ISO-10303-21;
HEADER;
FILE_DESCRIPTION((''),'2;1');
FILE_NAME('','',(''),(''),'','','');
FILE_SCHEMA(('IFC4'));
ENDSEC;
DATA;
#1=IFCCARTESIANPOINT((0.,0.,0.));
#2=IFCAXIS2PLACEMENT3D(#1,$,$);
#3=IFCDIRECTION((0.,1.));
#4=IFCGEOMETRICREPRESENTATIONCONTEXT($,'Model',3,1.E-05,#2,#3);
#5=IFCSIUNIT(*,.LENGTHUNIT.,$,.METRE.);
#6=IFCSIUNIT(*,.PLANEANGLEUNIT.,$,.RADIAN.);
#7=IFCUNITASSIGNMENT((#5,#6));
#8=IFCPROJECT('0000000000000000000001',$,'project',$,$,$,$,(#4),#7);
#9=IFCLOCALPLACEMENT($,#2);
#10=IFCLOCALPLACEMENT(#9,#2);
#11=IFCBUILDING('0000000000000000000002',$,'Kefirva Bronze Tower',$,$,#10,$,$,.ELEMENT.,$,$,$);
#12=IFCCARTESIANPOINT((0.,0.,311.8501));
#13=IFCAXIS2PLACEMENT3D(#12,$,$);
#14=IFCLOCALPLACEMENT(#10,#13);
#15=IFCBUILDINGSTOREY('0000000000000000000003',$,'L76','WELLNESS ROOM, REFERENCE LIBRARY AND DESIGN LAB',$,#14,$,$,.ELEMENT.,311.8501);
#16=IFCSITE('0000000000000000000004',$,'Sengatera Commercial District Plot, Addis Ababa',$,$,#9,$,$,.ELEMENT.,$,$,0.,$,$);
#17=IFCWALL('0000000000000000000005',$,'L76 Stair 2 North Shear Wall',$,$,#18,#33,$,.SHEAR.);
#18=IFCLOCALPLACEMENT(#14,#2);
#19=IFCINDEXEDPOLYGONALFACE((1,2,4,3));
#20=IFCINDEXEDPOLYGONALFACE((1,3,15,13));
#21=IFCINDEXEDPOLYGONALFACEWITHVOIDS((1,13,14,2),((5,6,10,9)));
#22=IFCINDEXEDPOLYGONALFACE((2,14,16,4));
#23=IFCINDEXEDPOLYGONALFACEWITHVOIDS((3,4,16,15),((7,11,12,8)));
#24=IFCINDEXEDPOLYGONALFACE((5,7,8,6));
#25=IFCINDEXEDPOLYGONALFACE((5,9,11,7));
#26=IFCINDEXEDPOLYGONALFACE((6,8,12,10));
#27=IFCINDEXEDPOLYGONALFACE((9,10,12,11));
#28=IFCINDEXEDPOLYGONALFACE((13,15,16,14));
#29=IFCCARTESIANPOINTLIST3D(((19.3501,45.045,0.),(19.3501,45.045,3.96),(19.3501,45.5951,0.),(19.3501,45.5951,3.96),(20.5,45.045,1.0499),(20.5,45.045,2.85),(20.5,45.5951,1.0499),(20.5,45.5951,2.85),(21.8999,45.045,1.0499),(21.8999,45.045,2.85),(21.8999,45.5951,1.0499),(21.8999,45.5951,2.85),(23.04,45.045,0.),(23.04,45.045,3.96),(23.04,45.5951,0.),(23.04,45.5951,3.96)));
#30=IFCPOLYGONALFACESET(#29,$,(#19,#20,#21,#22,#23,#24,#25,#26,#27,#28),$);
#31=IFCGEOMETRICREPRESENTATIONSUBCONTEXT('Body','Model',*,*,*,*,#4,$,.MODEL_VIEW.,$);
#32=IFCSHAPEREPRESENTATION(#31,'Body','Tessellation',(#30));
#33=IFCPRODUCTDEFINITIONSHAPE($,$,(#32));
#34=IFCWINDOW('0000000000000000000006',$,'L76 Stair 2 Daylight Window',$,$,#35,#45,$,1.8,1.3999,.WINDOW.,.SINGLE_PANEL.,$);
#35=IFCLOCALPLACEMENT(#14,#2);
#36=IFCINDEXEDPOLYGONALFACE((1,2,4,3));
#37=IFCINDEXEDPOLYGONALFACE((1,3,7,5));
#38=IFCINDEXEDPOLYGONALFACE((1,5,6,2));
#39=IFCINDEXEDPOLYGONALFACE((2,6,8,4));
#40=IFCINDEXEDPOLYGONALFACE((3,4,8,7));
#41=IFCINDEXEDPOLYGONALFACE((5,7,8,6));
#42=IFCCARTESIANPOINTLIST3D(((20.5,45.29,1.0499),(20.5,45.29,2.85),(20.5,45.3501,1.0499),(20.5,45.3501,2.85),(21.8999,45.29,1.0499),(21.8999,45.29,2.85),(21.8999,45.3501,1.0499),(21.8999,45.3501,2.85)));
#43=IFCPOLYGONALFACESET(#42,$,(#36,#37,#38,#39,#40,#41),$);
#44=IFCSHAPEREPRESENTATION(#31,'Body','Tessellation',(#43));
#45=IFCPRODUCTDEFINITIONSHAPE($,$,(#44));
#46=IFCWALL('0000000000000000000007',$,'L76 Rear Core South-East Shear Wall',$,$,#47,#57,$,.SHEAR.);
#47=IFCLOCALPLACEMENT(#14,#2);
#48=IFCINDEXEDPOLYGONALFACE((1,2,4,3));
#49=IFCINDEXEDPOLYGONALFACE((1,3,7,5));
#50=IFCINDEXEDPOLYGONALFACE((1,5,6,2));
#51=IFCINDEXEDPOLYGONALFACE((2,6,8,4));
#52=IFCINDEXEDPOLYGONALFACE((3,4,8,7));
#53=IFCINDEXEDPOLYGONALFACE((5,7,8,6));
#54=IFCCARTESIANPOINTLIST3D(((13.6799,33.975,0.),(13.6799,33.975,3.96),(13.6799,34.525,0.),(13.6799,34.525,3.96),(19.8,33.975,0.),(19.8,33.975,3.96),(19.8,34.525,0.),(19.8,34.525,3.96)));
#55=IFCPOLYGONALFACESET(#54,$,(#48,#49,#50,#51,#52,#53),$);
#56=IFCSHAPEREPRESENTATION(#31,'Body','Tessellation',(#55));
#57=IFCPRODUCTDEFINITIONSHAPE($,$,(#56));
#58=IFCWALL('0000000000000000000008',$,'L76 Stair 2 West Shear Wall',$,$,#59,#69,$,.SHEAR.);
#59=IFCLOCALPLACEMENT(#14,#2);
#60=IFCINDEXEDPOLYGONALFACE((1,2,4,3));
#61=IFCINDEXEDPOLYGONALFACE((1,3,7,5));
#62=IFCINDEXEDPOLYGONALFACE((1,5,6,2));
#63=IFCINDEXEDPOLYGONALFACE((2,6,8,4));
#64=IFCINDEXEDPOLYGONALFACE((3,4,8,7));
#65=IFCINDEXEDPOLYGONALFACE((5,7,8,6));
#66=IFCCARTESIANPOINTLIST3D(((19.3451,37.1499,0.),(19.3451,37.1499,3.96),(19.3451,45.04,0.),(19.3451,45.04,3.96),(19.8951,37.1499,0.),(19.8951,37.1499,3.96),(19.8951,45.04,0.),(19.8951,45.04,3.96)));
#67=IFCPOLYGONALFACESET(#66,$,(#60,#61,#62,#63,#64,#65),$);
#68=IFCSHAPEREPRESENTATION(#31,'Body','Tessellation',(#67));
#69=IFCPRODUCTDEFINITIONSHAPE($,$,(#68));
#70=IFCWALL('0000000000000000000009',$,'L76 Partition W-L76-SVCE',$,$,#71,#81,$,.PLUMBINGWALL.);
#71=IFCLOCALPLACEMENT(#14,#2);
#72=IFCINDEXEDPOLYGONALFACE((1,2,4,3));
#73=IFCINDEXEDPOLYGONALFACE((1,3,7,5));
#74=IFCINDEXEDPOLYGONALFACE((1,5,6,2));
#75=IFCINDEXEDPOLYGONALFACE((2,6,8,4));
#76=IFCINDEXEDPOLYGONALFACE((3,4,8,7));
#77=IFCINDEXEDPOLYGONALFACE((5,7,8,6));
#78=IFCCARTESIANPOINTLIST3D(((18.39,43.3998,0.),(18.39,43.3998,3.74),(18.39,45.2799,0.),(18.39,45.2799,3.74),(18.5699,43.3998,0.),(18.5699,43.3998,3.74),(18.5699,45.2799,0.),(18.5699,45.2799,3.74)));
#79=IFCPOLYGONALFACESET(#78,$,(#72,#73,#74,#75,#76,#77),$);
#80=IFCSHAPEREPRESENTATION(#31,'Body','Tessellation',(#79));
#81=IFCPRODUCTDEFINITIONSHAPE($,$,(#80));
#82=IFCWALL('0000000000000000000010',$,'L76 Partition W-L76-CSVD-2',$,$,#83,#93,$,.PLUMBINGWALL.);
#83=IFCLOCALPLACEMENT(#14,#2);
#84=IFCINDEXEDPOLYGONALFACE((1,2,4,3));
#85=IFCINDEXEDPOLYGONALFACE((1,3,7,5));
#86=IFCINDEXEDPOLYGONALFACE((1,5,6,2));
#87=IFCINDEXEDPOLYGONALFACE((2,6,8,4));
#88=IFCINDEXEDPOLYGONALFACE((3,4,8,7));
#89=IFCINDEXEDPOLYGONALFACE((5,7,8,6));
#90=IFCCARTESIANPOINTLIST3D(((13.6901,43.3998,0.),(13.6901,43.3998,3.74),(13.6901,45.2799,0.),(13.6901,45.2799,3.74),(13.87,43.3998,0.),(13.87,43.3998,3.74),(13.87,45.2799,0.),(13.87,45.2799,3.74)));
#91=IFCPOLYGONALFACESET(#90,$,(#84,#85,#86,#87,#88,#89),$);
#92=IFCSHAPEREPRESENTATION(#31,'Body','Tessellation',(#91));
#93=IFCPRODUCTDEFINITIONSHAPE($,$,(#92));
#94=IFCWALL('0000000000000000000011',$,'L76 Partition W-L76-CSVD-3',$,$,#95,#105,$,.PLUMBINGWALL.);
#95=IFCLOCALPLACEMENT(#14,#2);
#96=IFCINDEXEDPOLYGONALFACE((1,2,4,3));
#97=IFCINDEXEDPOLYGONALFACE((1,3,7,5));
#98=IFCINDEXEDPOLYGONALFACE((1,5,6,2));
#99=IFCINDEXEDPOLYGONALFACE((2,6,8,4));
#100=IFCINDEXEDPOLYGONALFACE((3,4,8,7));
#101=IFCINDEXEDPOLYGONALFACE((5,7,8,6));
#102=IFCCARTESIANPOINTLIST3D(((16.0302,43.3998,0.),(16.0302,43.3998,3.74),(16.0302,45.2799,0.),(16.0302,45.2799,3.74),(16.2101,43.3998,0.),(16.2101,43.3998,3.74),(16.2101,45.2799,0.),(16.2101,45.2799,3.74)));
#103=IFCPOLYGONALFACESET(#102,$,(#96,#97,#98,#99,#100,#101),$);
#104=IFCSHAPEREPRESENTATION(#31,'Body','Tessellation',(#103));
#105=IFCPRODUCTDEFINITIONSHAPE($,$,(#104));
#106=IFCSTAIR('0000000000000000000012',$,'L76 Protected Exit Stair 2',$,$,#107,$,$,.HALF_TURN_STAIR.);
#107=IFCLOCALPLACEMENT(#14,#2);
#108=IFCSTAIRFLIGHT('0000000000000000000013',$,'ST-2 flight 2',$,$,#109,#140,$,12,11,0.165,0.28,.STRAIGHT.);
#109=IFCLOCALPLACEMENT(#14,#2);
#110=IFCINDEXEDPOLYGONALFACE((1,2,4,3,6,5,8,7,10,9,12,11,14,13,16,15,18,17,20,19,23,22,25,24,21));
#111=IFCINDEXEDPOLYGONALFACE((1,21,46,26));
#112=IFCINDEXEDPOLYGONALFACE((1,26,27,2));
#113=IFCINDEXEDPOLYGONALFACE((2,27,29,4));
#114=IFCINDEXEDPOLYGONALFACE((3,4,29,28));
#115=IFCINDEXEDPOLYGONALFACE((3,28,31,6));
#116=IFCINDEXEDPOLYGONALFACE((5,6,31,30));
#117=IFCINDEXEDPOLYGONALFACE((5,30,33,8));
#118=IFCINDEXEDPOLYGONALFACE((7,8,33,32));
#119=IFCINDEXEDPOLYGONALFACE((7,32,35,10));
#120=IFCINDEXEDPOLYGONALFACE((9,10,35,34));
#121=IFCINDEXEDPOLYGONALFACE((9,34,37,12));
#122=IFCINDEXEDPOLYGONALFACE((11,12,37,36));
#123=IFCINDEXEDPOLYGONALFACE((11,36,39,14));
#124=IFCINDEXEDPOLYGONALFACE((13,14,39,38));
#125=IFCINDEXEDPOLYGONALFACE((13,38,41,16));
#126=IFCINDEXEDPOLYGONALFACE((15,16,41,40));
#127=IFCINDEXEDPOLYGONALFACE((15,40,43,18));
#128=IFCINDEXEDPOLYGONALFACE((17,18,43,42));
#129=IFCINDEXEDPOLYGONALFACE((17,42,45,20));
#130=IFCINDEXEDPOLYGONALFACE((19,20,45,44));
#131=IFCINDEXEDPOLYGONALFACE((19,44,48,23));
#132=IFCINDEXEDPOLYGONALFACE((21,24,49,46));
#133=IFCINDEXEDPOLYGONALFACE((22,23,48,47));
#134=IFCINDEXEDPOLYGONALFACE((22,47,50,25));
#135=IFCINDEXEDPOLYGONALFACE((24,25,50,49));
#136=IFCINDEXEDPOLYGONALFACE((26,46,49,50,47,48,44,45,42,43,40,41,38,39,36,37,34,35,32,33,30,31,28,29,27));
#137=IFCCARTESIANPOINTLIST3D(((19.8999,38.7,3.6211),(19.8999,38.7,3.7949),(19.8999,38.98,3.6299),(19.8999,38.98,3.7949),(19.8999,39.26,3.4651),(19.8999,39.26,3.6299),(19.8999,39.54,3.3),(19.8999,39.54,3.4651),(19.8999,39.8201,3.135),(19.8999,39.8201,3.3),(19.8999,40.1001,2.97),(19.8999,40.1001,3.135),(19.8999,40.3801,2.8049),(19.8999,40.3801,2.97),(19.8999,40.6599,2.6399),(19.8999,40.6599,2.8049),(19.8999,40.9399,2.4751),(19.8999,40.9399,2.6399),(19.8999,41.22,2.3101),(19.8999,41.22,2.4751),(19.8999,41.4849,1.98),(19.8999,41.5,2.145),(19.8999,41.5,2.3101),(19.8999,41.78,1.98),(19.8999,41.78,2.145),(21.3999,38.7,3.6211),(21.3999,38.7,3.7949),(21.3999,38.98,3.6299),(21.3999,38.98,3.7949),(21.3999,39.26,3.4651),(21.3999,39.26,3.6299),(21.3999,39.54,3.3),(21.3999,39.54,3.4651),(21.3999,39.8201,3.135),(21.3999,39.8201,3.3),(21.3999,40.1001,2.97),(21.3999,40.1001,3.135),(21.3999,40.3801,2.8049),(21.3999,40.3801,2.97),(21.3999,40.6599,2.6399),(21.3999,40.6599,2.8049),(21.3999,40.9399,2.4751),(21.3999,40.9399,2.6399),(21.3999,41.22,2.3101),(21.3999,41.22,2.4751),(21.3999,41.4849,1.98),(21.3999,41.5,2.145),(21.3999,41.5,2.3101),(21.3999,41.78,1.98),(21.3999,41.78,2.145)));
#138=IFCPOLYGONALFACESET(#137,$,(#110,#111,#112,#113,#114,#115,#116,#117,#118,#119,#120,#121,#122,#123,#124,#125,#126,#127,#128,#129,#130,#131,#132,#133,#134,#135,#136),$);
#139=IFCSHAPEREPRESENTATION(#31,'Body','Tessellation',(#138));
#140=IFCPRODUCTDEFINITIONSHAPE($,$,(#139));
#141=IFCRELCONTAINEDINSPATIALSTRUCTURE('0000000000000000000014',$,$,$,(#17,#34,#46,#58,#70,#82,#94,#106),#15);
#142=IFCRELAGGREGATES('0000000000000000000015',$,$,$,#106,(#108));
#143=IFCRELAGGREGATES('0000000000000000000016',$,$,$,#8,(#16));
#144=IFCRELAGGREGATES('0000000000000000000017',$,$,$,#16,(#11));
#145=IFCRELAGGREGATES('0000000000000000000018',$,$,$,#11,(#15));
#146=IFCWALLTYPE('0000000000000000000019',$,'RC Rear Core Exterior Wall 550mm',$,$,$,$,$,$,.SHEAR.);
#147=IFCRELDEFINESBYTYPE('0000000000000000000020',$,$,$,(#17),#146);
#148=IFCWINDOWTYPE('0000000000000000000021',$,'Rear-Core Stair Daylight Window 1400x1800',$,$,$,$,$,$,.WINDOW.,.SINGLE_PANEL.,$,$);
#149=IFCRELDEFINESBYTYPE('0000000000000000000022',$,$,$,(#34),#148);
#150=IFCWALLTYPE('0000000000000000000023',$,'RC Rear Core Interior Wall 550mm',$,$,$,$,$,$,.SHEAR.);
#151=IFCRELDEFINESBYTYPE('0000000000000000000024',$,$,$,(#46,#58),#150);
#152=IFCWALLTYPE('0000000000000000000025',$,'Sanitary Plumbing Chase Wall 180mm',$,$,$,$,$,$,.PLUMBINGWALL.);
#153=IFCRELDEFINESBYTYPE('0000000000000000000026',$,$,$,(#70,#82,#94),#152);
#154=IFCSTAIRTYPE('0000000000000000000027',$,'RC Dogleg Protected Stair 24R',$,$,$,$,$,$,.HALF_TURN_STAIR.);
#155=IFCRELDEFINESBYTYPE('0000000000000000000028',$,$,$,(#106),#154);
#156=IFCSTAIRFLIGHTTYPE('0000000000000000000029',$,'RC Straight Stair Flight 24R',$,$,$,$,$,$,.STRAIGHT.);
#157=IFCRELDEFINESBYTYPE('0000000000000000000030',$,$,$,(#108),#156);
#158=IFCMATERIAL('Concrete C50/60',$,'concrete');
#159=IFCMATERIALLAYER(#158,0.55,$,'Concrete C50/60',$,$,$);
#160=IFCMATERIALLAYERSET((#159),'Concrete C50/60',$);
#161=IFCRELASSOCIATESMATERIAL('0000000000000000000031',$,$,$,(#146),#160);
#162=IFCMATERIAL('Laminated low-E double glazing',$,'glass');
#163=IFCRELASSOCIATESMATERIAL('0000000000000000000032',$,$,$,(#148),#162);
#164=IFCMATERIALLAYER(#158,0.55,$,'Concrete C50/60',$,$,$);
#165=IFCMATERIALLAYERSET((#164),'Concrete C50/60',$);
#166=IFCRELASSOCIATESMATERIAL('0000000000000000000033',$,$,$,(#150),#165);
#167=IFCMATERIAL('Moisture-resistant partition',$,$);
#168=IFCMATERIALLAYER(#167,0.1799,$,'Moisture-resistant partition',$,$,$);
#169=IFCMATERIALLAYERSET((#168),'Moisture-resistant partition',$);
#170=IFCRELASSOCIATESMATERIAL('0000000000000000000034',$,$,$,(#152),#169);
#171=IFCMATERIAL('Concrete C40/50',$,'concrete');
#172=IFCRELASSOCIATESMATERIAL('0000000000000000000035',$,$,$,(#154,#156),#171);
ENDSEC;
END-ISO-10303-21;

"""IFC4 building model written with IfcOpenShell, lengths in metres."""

from ifc_helpers import new_model, si_unit, direction, frame, frame_2d, origin, place, context, subcontext, project, spatial, polyline, rectangle, outline, extrude, material, layer, layer_set, type_object, element, fill, aggregate, save


model = new_model("IFC4")

# Units and contexts
model_context = context("Model", 3, precision=1e-05, world=origin(), true_north=direction((0.0, 1.0)))
body_context = subcontext(model_context, "Body", "Model", "MODEL_VIEW")
ifc_project = project(units=[si_unit("LENGTHUNIT", "METRE"), si_unit("PLANEANGLEUNIT", "RADIAN")], contexts=[model_context])

# Site, building, storey
site_placement = place(None, origin())
site = spatial("IfcSite", under=ifc_project, at=site_placement, Name="Sengatera Commercial District Plot, Addis Ababa", CompositionType="ELEMENT", RefElevation=0.0)
building_placement = place(site_placement, origin())
building = spatial("IfcBuilding", under=site, at=building_placement, Name="Kefirva Bronze Tower", CompositionType="ELEMENT")
storey_placement = place(building_placement, frame((0.0, 0.0, 311.8501)))
storey = spatial("IfcBuildingStorey", under=building, at=storey_placement, Name="L76", Description="WELLNESS ROOM, REFERENCE LIBRARY AND DESIGN LAB", CompositionType="ELEMENT", Elevation=311.8501)

# Shared definitions
ifc_material_1 = material(Name="Concrete C50/60", Category="concrete")

# Wall, opening, window
ifc_layer_1 = layer(ifc_material_1, 0.55, Name="Concrete C50/60")
ifc_layer_set_1 = layer_set([ifc_layer_1], Name="Concrete C50/60")
wall_type_1 = type_object("IfcWallType", Name="RC Rear Core Exterior Wall 550mm", PredefinedType="SHEAR", material=ifc_layer_set_1)
wall_1_placement = place(storey_placement, frame((19.3501, 45.3201, 0.0), z_axis=(0.0, 0.0, 1.0), x_axis=(1.0, 0.0, 0.0)))
wall_1 = element("IfcWall", 1, at=wall_1_placement, inside=storey, type_object=wall_type_1, Name="L76 Stair 2 North Shear Wall", PredefinedType="SHEAR", context=body_context, shape_type="SweptSolid", body=[
    extrude(rectangle(XDim=3.6899, YDim=0.55, at=frame_2d((1.845, 0.0))), origin(), (0.0, 0.0, 1.0), 3.96),
])
opening_1_placement = place(wall_1_placement, frame((1.1499, 0.0, 1.05)))
opening_1 = element("IfcOpeningElement", 2, at=opening_1_placement, cuts=wall_1, PredefinedType="OPENING", context=body_context, shape_type="SweptSolid", body=[
    extrude(rectangle(XDim=1.3999, YDim=1.8, at=frame_2d((0.7, 0.8999))), frame((0.0, 0.2852, 0.0), z_axis=(0.0, -1.0, 0.0), x_axis=(1.0, 0.0, 0.0)), (0.0, 0.0, 1.0), 0.5701),
])
ifc_material_2 = material(Name="Laminated low-E double glazing", Category="glass")
window_type = type_object("IfcWindowType", Name="Rear-Core Stair Daylight Window 1400x1800", PartitioningType="SINGLE_PANEL", PredefinedType="WINDOW", material=ifc_material_2)
window_placement = place(opening_1_placement, origin())
window = element("IfcWindow", 3, at=window_placement, inside=storey, type_object=window_type, Name="L76 Stair 2 Daylight Window", OverallHeight=1.8, OverallWidth=1.3999, PartitioningType="SINGLE_PANEL", PredefinedType="WINDOW", context=body_context, shape_type="SweptSolid", body=[
    extrude(rectangle(XDim=1.3999, YDim=1.8, at=frame_2d((0.7, 0.8999))), frame((0.0, 0.03, 0.0), z_axis=(0.0, -1.0, 0.0), x_axis=(1.0, 0.0, 0.0)), (0.0, 0.0, 1.0), 0.0601),
])
fill(opening_1, window)

# Walls
ifc_layer_2 = layer(ifc_material_1, 0.55, Name="Concrete C50/60")
ifc_layer_set_2 = layer_set([ifc_layer_2], Name="Concrete C50/60")
wall_type_2 = type_object("IfcWallType", Name="RC Rear Core Interior Wall 550mm", PredefinedType="SHEAR", material=ifc_layer_set_2)
wall_2_placement = place(storey_placement, frame((13.6799, 34.25, 0.0), z_axis=(0.0, 0.0, 1.0), x_axis=(1.0, 0.0, 0.0)))
element("IfcWall", 4, at=wall_2_placement, inside=storey, type_object=wall_type_2, Name="L76 Rear Core South-East Shear Wall", PredefinedType="SHEAR", context=body_context, shape_type="SweptSolid", body=[
    extrude(rectangle(XDim=6.1201, YDim=0.55, at=frame_2d((3.0601, 0.0))), origin(), (0.0, 0.0, 1.0), 3.96),
])
wall_3_placement = place(storey_placement, frame((19.6201, 37.1499, 0.0), z_axis=(0.0, 0.0, 1.0), x_axis=(0.0, 1.0, 0.0)))
element("IfcWall", 5, at=wall_3_placement, inside=storey, type_object=wall_type_2, Name="L76 Stair 2 West Shear Wall", PredefinedType="SHEAR", context=body_context, shape_type="SweptSolid", body=[
    extrude(rectangle(XDim=7.8901, YDim=0.55, at=frame_2d((3.9451, 0.0))), origin(), (0.0, 0.0, 1.0), 3.96),
])
ifc_material_3 = material(Name="Moisture-resistant partition")
ifc_layer_3 = layer(ifc_material_3, 0.1799, Name="Moisture-resistant partition")
ifc_layer_set_3 = layer_set([ifc_layer_3], Name="Moisture-resistant partition")
wall_type_3 = type_object("IfcWallType", Name="Sanitary Plumbing Chase Wall 180mm", PredefinedType="PLUMBINGWALL", material=ifc_layer_set_3)
for number, where, z_axis, x_axis, name in (
    (6, (18.48, 43.3999, 0.0), (0.0, 0.0, 1.0), (0.0, 1.0, 0.0), "L76 Partition W-L76-SVCE"),
    (7, (13.78, 43.3999, 0.0), (0.0, 0.0, 1.0), (0.0, 1.0, 0.0), "L76 Partition W-L76-CSVD-2"),
    (8, (16.1201, 43.3999, 0.0), (0.0, 0.0, 1.0), (0.0, 1.0, 0.0), "L76 Partition W-L76-CSVD-3"),
):
    element("IfcWall", number, at=place(storey_placement, frame(where, z_axis=z_axis, x_axis=x_axis)), inside=storey, type_object=wall_type_3, Name=name, PredefinedType="PLUMBINGWALL", context=body_context, shape_type="SweptSolid", body=[
        extrude(rectangle(XDim=1.8801, YDim=0.1799, at=frame_2d((0.9399, 0.0))), origin(), (0.0, 0.0, 1.0), 3.74),
    ])

# Stair, stair flight
ifc_material_4 = material(Name="Concrete C40/50", Category="concrete")
stair_type = type_object("IfcStairType", Name="RC Dogleg Protected Stair 24R", PredefinedType="HALF_TURN_STAIR", material=ifc_material_4)
stair_placement = place(storey_placement, origin())
stair = element("IfcStair", 9, at=stair_placement, inside=storey, type_object=stair_type, Name="L76 Protected Exit Stair 2", PredefinedType="HALF_TURN_STAIR")
stair_flight_type = type_object("IfcStairFlightType", Name="RC Straight Stair Flight 24R", PredefinedType="STRAIGHT", material=ifc_material_4)
stair_flight_placement = place(storey_placement, frame((20.6499, 41.78, 1.98), z_axis=(0.0, 0.0, 1.0), x_axis=(0.0, -1.0, 0.0)))
stair_flight = element("IfcStairFlight", 10, at=stair_flight_placement, type_object=stair_flight_type, Name="ST-2 flight 2", NumberOfRisers=12, NumberOfTreads=11, PredefinedType="STRAIGHT", RiserHeight=0.165, TreadLength=0.28, context=body_context, shape_type="SweptSolid", body=[
    extrude(outline(polyline([(0.0, 0.0), (0.0, 0.165), (0.28, 0.165), (0.28, 0.3301), (0.5601, 0.3301), (0.5601, 0.4951), (0.8401, 0.4951), (0.8401, 0.6599), (1.1201, 0.6599), (1.1201, 0.825), (1.3999, 0.825), (1.3999, 0.99), (1.6799, 0.99), (1.6799, 1.155), (1.96, 1.155), (1.96, 1.3201), (2.24, 1.3201), (2.24, 1.4851), (2.52, 1.4851), (2.52, 1.6499), (2.8, 1.6499), (2.8, 1.8149), (3.0801, 1.8149), (3.0801, 1.98), (3.0801, 1.6411), (0.2952, 0.0), (0.0, 0.0)])), frame((0.0, 0.75, 0.0), z_axis=(0.0, -1.0, 0.0), x_axis=(1.0, 0.0, 0.0)), (0.0, 0.0, 1.0), 1.5),
])
aggregate(stair, [stair_flight])

save(model, "model.ifc")
